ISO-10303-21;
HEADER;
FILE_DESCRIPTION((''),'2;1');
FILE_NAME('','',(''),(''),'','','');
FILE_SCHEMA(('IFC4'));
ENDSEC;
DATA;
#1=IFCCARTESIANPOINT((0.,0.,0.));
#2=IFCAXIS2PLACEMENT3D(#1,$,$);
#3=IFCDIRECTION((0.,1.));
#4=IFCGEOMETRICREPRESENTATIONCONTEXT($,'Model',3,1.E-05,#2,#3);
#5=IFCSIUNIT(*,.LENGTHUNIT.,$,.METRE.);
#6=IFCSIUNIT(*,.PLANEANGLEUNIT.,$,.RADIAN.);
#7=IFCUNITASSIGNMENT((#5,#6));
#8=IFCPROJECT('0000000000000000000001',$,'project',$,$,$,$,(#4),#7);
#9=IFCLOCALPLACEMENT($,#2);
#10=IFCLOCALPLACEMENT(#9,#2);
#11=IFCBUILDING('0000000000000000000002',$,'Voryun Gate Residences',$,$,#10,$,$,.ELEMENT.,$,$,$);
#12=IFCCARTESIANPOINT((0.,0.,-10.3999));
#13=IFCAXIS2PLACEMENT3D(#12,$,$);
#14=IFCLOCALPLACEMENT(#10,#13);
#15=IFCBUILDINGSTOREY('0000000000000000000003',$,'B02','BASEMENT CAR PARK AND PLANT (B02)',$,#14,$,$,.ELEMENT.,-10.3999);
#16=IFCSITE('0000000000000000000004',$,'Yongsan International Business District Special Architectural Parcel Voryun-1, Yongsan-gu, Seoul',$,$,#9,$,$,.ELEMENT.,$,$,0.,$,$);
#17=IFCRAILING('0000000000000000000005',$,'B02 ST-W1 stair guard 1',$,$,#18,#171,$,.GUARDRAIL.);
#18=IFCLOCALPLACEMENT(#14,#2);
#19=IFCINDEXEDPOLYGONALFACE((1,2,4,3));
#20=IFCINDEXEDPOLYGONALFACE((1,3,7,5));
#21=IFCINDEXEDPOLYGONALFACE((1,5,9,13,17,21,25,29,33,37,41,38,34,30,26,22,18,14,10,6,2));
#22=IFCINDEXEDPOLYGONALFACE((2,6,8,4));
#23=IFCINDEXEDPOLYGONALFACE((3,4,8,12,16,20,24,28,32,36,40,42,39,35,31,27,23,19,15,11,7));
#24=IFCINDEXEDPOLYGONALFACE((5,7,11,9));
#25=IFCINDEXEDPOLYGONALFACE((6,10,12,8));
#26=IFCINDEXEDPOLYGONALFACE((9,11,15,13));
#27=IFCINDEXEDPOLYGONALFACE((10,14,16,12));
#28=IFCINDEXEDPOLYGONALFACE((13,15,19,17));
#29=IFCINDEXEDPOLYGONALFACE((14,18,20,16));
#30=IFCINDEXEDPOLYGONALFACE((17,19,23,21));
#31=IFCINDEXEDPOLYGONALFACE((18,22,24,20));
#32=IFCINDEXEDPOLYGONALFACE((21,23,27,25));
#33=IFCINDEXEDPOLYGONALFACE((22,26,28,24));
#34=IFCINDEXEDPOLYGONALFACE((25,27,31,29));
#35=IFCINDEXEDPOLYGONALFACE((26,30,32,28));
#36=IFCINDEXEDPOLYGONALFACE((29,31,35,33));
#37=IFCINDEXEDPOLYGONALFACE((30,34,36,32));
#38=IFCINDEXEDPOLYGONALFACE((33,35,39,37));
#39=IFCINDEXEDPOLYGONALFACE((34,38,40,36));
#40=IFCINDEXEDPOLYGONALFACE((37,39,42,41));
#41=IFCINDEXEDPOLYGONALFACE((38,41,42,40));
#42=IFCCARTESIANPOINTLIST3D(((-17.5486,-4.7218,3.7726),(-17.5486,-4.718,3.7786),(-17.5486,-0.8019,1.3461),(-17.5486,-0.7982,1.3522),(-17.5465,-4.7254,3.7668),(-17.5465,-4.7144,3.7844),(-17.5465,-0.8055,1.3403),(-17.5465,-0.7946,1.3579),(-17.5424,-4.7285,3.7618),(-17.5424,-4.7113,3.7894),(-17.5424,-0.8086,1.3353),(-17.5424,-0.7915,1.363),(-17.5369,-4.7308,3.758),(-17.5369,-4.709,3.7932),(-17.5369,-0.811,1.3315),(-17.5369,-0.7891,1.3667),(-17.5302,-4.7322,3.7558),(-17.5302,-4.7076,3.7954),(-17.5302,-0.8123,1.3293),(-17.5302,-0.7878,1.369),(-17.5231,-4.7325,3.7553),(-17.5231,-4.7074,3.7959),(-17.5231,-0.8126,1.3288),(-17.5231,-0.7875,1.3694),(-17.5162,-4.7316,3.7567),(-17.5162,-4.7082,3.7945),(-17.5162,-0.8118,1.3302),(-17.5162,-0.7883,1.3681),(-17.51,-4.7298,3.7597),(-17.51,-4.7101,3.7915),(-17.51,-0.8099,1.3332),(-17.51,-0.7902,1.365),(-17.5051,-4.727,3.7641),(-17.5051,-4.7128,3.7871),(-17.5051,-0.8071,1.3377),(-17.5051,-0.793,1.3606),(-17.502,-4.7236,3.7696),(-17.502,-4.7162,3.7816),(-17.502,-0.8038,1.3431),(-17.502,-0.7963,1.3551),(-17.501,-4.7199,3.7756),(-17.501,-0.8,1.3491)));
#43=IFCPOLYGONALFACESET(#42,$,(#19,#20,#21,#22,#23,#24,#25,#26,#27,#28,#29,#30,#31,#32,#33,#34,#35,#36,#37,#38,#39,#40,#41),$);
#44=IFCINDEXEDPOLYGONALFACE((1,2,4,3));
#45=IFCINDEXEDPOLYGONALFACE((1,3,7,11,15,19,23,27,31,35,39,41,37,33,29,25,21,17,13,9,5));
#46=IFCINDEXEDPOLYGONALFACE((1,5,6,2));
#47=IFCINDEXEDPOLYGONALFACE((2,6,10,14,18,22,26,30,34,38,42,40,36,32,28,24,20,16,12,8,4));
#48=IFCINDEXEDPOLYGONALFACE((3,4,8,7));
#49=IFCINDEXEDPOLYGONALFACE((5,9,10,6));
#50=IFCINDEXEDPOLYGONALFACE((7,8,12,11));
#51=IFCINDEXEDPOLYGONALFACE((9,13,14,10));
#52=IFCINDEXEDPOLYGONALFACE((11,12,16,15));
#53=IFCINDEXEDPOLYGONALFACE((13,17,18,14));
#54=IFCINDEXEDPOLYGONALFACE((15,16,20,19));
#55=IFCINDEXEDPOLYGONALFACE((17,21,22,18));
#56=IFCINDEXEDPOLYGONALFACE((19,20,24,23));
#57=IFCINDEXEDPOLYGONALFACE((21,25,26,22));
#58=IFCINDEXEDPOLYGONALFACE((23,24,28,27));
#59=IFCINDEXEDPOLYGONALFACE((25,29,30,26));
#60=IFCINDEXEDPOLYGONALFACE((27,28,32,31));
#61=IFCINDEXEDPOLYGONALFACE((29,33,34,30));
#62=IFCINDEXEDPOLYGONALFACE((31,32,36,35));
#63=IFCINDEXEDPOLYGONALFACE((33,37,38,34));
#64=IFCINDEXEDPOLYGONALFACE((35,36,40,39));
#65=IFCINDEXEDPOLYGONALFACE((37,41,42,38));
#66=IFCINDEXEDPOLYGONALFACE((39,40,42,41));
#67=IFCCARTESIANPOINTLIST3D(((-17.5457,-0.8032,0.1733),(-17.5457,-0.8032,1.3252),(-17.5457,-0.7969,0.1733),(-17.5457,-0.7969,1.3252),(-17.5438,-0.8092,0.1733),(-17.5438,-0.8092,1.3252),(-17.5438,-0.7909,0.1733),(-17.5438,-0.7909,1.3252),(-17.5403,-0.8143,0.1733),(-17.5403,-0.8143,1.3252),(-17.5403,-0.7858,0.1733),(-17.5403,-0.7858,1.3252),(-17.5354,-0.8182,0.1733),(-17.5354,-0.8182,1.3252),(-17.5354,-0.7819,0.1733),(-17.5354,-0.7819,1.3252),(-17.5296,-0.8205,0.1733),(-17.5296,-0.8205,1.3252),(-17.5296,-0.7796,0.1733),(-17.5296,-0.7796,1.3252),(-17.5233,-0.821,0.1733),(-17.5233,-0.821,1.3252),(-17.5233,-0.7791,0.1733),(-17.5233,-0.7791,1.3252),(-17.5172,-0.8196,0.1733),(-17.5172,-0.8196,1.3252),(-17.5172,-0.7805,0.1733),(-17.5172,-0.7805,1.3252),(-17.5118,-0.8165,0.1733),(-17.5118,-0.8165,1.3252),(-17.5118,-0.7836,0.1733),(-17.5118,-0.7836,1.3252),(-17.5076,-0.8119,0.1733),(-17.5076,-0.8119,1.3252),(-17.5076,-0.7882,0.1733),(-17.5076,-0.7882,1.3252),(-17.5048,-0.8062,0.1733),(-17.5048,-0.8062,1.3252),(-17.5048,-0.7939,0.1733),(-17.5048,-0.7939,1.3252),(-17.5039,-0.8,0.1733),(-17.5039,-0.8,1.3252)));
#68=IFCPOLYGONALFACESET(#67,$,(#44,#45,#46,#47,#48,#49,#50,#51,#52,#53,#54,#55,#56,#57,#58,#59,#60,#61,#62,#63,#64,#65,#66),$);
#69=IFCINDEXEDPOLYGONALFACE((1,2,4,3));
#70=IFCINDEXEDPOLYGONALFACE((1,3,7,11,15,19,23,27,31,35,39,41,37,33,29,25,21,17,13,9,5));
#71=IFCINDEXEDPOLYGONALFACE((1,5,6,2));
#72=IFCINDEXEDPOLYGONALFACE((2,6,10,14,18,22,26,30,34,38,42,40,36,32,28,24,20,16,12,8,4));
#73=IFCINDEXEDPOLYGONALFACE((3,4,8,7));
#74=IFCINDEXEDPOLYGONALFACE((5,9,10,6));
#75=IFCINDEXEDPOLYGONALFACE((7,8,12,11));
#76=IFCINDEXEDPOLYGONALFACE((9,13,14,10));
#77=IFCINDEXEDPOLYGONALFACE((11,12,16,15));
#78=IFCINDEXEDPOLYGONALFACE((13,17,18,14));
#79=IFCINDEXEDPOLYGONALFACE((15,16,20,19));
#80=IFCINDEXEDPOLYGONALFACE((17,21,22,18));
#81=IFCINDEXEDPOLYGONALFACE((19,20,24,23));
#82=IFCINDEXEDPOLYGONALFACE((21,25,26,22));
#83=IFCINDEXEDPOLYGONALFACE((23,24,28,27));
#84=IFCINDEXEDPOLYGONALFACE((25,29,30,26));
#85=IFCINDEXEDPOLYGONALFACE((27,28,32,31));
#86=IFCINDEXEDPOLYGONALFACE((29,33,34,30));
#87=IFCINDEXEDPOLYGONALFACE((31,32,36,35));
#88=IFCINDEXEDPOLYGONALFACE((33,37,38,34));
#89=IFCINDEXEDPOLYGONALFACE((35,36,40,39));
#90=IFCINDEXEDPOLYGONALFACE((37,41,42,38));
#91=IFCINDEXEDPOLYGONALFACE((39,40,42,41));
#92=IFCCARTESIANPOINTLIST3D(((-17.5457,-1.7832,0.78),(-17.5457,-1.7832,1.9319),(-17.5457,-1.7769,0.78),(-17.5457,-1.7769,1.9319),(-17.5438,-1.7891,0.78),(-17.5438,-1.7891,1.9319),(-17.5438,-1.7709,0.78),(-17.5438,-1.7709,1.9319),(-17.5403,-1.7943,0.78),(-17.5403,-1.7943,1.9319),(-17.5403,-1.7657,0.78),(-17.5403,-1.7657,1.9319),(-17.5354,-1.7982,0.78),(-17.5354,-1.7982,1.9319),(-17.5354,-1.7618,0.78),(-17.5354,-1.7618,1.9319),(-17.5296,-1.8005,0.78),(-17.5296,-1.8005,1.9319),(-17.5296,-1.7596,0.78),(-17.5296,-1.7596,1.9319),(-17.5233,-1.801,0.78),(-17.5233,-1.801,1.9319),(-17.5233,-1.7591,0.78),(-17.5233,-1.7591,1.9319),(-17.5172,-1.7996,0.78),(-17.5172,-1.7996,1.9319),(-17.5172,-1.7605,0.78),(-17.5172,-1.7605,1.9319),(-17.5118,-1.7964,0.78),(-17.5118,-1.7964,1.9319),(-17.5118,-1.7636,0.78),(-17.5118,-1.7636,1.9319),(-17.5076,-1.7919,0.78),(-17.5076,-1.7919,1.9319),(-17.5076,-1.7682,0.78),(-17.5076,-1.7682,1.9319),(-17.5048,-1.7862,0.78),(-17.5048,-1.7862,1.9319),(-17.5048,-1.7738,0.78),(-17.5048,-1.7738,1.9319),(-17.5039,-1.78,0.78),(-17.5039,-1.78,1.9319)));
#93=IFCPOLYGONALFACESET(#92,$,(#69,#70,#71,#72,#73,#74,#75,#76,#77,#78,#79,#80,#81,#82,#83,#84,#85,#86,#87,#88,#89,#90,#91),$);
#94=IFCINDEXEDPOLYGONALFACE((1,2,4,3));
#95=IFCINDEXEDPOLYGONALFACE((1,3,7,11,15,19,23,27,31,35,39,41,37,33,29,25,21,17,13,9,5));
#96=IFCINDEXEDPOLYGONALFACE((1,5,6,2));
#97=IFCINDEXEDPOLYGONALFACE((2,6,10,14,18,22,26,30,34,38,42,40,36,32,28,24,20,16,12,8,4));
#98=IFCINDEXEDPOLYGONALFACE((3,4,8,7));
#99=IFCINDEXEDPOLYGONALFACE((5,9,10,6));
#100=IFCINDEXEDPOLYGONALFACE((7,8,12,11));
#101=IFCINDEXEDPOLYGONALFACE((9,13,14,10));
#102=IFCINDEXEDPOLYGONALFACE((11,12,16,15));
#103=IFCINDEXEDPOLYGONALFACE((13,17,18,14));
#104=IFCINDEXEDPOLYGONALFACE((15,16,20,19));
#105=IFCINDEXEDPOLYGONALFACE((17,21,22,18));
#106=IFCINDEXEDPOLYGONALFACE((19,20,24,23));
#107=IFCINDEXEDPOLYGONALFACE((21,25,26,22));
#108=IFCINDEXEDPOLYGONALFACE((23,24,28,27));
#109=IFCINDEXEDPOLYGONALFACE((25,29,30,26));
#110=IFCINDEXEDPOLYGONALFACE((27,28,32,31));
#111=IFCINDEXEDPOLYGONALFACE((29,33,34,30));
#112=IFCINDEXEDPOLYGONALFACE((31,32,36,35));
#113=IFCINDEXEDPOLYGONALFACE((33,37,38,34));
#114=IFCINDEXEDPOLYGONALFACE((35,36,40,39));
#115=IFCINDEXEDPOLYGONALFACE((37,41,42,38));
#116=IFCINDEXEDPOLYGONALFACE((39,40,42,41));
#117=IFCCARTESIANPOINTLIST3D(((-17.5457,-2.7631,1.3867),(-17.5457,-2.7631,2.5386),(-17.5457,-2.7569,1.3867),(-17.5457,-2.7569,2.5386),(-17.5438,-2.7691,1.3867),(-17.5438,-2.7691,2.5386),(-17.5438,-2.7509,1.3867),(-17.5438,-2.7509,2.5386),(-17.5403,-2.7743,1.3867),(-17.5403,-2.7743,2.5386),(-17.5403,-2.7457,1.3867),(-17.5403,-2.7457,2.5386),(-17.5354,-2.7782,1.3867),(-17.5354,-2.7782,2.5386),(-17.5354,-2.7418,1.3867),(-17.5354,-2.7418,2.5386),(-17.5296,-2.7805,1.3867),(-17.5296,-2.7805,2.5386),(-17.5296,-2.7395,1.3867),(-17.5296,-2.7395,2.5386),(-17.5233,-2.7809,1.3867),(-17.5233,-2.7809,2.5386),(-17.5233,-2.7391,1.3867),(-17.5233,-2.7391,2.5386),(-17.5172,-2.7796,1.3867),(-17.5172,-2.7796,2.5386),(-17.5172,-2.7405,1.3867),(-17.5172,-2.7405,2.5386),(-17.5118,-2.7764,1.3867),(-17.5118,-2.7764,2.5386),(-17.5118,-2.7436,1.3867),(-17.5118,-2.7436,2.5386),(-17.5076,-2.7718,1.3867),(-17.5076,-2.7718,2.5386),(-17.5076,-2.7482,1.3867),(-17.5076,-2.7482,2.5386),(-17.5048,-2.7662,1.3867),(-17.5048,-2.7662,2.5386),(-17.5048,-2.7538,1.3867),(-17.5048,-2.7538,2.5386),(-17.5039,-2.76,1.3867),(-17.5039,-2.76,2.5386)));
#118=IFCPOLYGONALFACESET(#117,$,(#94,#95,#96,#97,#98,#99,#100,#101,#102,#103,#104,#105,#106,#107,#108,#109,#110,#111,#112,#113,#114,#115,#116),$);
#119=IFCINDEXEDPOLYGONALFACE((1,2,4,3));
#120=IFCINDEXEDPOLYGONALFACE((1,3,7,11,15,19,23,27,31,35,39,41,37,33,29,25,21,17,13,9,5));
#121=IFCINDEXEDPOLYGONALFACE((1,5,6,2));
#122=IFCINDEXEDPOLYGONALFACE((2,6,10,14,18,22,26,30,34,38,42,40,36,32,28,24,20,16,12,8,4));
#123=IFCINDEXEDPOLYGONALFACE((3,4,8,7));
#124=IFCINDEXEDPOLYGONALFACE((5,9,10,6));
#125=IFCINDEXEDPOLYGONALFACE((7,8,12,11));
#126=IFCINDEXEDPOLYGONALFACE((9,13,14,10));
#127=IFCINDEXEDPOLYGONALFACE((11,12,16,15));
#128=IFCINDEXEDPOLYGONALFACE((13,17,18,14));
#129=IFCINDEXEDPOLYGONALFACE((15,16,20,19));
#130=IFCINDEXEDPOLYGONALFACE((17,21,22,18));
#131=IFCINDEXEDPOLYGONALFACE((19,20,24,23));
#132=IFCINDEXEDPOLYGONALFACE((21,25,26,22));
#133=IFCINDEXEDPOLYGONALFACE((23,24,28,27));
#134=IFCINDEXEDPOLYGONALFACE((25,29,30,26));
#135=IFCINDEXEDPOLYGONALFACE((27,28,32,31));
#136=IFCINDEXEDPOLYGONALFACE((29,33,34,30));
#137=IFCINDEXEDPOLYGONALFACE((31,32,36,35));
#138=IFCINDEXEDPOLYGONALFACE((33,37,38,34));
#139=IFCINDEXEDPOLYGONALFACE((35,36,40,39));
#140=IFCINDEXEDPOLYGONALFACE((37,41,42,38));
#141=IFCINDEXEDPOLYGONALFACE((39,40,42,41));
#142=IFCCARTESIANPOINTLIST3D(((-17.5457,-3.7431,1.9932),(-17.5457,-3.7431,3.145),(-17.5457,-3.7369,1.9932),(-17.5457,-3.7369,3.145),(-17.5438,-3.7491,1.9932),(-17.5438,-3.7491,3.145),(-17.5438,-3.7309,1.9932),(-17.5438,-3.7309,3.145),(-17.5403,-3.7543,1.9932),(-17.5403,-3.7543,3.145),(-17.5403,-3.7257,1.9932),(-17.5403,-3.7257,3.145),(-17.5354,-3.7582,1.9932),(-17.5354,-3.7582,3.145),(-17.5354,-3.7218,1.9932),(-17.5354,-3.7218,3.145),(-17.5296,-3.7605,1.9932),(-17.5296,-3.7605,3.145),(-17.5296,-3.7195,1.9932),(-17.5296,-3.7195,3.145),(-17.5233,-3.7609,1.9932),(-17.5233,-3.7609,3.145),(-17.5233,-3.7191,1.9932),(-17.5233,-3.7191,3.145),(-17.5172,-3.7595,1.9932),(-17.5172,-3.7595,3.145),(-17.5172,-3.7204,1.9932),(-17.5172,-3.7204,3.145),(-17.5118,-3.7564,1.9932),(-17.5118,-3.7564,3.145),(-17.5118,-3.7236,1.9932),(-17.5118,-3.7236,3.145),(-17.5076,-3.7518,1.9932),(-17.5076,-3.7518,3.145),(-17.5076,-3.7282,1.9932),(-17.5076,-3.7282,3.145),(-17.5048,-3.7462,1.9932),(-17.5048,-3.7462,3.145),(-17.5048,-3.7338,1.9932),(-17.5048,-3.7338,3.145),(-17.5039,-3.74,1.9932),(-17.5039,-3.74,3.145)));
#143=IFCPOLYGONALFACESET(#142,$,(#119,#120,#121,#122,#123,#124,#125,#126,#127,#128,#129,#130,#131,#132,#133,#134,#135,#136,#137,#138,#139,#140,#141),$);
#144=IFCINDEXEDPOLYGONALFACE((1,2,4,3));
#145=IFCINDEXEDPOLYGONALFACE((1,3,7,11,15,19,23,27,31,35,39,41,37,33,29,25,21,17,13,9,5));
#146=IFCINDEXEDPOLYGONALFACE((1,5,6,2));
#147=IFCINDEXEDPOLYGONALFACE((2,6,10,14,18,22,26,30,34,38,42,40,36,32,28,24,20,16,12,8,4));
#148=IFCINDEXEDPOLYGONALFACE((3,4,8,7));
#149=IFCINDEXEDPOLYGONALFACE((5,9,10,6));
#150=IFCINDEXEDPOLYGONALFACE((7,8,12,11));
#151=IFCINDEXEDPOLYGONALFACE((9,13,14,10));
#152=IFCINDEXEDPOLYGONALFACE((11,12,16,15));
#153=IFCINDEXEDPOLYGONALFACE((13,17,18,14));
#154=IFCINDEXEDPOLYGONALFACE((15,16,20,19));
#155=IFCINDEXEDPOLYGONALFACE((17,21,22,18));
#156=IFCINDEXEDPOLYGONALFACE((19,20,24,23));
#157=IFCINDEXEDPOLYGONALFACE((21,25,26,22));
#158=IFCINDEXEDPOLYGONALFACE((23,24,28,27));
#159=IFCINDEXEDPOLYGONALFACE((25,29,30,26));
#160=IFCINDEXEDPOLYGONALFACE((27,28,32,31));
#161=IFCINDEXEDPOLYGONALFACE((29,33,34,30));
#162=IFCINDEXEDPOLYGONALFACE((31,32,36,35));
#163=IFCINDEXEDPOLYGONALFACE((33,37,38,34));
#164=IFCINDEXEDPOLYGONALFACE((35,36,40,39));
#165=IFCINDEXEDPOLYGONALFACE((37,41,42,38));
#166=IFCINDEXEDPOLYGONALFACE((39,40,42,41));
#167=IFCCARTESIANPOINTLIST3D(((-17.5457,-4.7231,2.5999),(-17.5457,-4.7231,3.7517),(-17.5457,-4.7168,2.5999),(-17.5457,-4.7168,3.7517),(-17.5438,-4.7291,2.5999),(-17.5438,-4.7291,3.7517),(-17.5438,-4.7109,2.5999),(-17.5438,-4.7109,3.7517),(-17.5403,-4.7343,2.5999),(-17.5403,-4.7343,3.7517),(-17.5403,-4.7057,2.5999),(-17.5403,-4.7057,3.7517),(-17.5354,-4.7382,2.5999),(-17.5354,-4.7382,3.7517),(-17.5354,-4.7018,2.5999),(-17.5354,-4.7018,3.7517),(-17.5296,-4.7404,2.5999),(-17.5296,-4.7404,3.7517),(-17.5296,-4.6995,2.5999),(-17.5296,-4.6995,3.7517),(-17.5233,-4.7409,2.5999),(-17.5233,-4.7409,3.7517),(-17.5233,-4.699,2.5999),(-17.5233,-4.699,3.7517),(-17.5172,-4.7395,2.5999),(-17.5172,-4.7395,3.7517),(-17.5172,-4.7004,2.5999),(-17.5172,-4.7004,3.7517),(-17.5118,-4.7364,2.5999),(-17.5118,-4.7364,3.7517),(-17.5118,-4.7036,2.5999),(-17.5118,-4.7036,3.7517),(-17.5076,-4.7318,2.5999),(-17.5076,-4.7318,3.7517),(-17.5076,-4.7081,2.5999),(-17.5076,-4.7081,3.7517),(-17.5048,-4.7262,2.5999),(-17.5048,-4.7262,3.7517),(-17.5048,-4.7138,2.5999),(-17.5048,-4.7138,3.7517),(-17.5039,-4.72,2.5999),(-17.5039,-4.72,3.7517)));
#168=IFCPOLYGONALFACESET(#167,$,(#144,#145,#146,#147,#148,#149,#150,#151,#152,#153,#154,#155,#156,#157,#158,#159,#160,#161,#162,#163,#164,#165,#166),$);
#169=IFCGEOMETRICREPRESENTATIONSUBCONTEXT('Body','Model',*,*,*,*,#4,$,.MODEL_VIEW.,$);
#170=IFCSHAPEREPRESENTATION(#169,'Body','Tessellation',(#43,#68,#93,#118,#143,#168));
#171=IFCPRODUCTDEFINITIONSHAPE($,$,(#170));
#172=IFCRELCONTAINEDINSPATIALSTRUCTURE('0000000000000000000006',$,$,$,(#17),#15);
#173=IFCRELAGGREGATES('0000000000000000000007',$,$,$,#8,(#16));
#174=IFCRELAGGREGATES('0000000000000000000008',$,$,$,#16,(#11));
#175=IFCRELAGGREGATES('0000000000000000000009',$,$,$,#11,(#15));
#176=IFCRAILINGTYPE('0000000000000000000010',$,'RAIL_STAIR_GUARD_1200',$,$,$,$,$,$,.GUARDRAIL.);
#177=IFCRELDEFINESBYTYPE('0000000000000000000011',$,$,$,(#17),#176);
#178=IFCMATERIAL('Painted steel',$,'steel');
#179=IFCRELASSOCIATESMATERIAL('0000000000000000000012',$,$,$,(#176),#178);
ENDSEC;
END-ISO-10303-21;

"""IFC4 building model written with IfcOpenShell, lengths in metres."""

from ifc_helpers import new_model, si_unit, direction, frame, origin, origin_2d, place, context, subcontext, project, spatial, circle, extrude, material, type_object, element, save


model = new_model("IFC4")

# Units and contexts
model_context = context("Model", 3, precision=1e-05, world=origin(), true_north=direction((0.0, 1.0)))
body_context = subcontext(model_context, "Body", "Model", "MODEL_VIEW")
ifc_project = project(units=[si_unit("LENGTHUNIT", "METRE"), si_unit("PLANEANGLEUNIT", "RADIAN")], contexts=[model_context])

# Site, building, storey
site_placement = place(None, origin())
site = spatial("IfcSite", under=ifc_project, at=site_placement, Name="Yongsan International Business District Special Architectural Parcel Voryun-1, Yongsan-gu, Seoul", CompositionType="ELEMENT", RefElevation=0.0)
building_placement = place(site_placement, origin())
building = spatial("IfcBuilding", under=site, at=building_placement, Name="Voryun Gate Residences", CompositionType="ELEMENT")
storey_placement = place(building_placement, frame((0.0, 0.0, -10.3999)))
storey = spatial("IfcBuildingStorey", under=building, at=storey_placement, Name="B02", Description="BASEMENT CAR PARK AND PLANT (B02)", CompositionType="ELEMENT", Elevation=-10.3999)

# Railing
ifc_material_1 = material(Name="Painted steel", Category="steel")
railing_type_1 = type_object("IfcRailingType", Name="RAIL_STAIR_GUARD_1200", PredefinedType="GUARDRAIL", material=ifc_material_1)
railing_1_placement = place(storey_placement, frame((-17.5249, -0.8, 0.1733)))
element("IfcRailing", 1, at=railing_1_placement, inside=storey, type_object=railing_type_1, Name="B02 ST-W1 stair guard 1", PredefinedType="GUARDRAIL", context=body_context, shape_type="SweptSolid", body=[
    extrude(circle(Radius=0.0239, at=origin_2d()), frame((0.0, 0.0, 1.1758), z_axis=(0.0, -0.850275, 0.526338), x_axis=(1.0, 0.0, 0.0)), (0.0, 0.0, 1.0), 4.6101),
    extrude(circle(Radius=0.021, at=origin_2d()), origin(), (0.0, 0.0, 1.0), 1.1519),
    extrude(circle(Radius=0.021, at=origin_2d()), frame((0.0, -0.98, 0.6067)), (0.0, 0.0, 1.0), 1.1519),
    extrude(circle(Radius=0.021, at=origin_2d()), frame((0.0, -1.96, 1.2134)), (0.0, 0.0, 1.0), 1.1519),
    extrude(circle(Radius=0.021, at=origin_2d()), frame((0.0, -2.9399, 1.8198)), (0.0, 0.0, 1.0), 1.1519),
    extrude(circle(Radius=0.021, at=origin_2d()), frame((0.0, -3.9199, 2.4265)), (0.0, 0.0, 1.0), 1.1519),
])

save(model, "model.ifc")
